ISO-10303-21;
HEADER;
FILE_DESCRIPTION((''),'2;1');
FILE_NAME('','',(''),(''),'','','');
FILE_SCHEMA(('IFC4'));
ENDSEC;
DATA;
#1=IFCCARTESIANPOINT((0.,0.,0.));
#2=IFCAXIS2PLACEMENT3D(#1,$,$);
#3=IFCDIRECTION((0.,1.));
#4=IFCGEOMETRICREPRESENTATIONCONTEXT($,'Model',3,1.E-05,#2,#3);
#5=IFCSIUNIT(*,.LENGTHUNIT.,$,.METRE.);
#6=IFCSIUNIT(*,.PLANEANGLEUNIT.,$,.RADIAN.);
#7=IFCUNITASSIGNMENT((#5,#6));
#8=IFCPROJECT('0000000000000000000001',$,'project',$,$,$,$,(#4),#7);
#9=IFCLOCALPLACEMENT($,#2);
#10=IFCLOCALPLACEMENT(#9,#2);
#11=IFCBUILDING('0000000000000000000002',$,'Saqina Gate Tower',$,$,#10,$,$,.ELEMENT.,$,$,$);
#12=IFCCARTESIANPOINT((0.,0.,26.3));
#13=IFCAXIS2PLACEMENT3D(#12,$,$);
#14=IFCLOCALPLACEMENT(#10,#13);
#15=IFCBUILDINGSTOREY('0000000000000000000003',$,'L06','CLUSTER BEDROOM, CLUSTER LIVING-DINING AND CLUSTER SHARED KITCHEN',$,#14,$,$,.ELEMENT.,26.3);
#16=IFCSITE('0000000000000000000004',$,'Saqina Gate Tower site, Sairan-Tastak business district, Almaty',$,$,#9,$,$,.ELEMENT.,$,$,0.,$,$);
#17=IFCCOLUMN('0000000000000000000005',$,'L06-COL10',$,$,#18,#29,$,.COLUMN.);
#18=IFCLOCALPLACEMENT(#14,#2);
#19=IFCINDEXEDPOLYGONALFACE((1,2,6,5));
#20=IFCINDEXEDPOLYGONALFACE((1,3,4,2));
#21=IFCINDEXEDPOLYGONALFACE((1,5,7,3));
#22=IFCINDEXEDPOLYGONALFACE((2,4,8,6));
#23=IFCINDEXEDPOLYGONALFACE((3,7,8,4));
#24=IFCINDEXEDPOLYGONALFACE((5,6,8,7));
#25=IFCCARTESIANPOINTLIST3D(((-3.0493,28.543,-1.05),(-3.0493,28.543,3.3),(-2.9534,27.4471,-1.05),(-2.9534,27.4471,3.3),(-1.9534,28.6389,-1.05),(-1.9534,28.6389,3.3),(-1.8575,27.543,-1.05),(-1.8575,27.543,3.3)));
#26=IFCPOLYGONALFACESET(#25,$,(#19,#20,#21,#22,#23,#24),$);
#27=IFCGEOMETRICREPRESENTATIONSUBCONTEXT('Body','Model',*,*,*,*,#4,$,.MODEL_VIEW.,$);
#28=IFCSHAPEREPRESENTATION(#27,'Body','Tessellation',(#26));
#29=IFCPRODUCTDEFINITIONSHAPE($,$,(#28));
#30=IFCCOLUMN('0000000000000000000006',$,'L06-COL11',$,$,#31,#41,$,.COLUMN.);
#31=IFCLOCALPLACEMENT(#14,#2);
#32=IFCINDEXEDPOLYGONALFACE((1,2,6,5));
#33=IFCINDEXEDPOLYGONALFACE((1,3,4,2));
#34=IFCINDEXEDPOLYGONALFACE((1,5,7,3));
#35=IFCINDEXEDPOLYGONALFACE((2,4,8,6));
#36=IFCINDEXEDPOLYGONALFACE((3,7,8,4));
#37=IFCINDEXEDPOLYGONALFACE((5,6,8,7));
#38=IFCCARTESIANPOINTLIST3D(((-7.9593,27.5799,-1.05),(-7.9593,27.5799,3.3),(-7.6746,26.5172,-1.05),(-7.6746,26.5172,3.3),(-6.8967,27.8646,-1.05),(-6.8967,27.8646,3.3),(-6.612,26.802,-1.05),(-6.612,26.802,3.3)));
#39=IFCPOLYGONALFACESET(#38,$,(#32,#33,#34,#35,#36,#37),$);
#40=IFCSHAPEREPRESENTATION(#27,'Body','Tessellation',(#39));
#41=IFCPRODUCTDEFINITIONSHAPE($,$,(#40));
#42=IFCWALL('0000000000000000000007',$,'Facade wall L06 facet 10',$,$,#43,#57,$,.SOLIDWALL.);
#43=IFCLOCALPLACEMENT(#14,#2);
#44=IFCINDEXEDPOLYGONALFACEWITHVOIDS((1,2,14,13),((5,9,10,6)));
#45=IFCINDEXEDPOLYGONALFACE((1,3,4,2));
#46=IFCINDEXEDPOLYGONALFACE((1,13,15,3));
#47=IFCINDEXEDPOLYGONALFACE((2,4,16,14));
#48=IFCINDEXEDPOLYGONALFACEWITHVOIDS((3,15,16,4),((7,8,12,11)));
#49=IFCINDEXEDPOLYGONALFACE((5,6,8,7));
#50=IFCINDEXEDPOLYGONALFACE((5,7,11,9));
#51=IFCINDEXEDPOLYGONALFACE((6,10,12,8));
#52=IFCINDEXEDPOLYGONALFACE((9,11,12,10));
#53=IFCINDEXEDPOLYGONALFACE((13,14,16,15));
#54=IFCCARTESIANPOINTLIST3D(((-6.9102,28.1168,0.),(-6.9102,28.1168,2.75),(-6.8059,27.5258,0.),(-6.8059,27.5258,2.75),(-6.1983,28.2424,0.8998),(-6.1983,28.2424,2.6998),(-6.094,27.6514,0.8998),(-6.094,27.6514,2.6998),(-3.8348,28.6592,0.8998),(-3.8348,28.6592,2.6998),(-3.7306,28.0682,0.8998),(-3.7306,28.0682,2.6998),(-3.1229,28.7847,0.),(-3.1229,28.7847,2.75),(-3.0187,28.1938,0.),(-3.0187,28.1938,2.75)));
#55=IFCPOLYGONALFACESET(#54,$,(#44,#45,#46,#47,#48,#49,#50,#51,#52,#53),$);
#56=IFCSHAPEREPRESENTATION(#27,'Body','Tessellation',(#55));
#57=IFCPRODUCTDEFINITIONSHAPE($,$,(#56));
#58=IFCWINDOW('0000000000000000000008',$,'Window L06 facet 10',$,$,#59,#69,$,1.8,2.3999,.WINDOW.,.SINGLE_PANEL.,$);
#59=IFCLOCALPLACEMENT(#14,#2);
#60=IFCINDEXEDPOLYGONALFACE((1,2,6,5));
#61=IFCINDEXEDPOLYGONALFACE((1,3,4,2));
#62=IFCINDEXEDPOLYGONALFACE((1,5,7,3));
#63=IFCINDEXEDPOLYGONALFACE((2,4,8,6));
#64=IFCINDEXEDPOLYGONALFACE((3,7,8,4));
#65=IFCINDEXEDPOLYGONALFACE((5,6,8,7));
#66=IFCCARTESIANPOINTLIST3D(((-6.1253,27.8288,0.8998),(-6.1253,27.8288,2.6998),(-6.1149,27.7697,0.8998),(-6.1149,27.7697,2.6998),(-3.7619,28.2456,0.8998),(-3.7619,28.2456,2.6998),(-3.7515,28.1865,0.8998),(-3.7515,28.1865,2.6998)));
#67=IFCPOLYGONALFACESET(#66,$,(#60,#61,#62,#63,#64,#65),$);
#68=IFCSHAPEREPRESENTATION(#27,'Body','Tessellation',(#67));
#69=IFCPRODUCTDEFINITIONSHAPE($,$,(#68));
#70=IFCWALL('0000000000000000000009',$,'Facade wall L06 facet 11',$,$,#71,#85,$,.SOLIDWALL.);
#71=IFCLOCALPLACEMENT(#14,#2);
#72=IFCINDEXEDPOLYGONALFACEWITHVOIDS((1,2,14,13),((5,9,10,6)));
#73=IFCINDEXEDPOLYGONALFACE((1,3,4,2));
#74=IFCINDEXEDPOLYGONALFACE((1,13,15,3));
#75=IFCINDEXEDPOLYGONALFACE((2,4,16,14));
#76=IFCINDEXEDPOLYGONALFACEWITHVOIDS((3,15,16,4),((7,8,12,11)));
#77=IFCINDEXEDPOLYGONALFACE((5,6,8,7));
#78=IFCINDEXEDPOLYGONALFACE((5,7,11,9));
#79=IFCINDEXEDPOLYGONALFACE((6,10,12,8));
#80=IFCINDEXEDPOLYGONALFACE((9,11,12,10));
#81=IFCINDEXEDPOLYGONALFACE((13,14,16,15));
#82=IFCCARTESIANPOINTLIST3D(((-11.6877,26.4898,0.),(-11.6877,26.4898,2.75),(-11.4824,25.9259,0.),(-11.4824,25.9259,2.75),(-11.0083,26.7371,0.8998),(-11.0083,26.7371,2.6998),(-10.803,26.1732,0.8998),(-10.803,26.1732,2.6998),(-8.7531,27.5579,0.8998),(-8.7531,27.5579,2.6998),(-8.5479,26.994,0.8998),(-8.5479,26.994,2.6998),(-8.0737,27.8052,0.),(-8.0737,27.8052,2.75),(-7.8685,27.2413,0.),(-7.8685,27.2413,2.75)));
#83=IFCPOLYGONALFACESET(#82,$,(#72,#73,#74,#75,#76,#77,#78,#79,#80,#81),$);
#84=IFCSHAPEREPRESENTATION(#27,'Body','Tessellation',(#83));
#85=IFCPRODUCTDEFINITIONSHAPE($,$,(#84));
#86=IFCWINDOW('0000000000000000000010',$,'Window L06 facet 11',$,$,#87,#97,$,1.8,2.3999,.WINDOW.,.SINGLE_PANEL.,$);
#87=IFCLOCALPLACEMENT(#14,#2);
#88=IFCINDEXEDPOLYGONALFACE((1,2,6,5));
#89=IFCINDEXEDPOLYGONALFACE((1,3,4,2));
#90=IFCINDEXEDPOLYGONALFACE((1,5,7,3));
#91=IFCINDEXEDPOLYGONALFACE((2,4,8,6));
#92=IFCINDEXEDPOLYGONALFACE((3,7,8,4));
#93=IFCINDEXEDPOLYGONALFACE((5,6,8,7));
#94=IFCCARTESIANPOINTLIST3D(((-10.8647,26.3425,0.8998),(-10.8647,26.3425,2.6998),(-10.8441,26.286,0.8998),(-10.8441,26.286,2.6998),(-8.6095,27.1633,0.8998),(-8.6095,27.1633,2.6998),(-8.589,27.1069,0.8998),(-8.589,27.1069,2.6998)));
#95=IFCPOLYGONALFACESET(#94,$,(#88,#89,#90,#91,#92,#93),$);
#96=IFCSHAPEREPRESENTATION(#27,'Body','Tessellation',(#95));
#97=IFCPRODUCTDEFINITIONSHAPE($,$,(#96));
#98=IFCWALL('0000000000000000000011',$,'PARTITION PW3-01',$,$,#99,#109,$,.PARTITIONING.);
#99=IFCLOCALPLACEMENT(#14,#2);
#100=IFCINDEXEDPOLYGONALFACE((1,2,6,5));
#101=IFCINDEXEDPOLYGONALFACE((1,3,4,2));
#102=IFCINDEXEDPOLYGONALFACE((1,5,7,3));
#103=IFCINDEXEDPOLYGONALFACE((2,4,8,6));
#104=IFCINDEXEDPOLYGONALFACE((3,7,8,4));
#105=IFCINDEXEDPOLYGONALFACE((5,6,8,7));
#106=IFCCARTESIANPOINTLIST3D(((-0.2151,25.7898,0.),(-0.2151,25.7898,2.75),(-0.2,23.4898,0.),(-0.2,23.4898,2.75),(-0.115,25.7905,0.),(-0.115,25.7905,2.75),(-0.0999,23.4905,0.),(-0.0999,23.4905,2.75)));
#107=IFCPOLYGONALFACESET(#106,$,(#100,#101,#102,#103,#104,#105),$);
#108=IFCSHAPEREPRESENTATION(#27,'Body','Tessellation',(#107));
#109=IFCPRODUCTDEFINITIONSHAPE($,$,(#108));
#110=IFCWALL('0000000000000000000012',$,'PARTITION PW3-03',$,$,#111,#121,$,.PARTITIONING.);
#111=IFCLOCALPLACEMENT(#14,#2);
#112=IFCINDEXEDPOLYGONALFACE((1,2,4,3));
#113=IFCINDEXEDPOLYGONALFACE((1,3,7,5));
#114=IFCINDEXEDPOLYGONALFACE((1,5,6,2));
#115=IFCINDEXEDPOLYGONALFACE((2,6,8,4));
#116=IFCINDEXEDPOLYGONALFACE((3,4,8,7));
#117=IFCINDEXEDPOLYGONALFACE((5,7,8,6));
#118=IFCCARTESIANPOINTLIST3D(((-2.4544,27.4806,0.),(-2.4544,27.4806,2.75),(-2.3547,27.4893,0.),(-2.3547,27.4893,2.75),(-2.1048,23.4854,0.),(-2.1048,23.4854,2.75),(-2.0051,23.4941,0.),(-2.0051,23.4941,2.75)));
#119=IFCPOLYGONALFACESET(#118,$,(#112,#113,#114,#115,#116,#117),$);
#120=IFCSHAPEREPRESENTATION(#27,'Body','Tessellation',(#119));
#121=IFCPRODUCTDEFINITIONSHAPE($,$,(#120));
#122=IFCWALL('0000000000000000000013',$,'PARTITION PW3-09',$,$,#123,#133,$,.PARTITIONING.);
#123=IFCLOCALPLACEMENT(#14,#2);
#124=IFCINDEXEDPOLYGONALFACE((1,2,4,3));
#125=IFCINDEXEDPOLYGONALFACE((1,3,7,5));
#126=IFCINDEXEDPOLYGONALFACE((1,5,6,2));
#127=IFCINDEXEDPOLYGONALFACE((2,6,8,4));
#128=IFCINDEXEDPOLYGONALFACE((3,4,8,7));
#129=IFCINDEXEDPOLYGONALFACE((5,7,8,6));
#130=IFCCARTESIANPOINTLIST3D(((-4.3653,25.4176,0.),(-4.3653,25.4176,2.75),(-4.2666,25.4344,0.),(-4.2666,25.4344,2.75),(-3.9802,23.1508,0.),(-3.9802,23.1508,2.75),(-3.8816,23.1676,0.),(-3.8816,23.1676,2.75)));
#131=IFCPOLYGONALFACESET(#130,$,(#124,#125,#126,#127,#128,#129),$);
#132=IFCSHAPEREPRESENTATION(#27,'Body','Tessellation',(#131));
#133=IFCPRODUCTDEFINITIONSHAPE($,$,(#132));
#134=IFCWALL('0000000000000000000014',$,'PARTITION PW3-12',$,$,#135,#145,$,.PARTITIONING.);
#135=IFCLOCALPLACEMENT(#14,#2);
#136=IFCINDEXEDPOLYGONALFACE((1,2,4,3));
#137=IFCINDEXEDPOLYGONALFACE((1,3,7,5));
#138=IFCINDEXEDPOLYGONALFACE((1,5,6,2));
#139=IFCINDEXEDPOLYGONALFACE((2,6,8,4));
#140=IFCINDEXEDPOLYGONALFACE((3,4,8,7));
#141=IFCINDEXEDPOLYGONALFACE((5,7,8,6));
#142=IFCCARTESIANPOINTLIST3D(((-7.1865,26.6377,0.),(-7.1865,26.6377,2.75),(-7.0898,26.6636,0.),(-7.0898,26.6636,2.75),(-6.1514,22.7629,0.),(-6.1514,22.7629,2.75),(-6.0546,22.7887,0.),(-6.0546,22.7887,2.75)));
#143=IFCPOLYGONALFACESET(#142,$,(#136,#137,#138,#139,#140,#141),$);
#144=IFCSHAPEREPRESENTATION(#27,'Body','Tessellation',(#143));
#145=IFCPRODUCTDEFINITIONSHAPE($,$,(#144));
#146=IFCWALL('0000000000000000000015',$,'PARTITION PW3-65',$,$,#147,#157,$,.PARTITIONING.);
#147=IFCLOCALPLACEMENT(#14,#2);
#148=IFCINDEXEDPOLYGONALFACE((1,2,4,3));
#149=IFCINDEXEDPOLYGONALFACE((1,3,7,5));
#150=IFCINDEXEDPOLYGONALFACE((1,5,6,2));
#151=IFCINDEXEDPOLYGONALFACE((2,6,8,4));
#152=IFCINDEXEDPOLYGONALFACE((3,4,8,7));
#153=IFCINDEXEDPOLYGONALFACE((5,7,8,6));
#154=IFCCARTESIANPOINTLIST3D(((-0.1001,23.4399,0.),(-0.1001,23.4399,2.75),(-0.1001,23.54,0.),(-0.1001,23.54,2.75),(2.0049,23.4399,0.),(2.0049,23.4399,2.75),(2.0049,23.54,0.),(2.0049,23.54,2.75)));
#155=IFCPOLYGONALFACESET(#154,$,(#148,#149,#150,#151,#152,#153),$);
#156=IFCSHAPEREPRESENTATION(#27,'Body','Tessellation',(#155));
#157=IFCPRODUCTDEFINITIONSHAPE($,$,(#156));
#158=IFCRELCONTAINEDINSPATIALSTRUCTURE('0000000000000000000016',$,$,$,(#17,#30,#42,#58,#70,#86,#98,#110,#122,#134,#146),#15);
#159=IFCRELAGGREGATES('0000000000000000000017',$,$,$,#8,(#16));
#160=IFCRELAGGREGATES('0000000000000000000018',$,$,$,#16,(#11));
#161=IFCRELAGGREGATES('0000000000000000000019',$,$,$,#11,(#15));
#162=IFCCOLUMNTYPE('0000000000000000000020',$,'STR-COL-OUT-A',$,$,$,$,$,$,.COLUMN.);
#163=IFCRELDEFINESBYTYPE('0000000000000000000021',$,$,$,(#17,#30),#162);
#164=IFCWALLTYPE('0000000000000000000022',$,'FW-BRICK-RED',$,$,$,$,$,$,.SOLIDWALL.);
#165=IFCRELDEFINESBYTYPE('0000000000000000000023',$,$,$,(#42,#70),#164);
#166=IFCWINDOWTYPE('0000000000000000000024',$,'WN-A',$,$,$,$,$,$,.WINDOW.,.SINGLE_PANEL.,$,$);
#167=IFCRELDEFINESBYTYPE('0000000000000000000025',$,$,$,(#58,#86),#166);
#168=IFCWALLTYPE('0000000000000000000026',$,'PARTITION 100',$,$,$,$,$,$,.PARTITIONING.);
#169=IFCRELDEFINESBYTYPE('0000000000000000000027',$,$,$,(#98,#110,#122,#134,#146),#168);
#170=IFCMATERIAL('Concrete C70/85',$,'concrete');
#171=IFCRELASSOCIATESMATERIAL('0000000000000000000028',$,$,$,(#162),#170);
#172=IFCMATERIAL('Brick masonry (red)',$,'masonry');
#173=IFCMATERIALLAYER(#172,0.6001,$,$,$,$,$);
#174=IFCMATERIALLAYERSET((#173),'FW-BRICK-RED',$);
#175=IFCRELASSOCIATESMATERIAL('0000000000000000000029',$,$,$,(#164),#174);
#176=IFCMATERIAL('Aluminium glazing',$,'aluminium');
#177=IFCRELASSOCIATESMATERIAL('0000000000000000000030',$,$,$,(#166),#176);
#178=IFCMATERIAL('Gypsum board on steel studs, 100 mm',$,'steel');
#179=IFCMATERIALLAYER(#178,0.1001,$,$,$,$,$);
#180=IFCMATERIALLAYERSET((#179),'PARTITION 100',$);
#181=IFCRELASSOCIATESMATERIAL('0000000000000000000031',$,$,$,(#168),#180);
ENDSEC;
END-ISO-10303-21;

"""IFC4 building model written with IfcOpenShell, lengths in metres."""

from ifc_helpers import new_model, si_unit, direction, frame, frame_2d, origin, origin_2d, place, context, subcontext, project, spatial, rectangle, extrude, material, layer, layer_set, material_profile, profile_set, type_object, element, fill, save


model = new_model("IFC4")

# Units and contexts
model_context = context("Model", 3, precision=1e-05, world=origin(), true_north=direction((0.0, 1.0)))
body_context = subcontext(model_context, "Body", "Model", "MODEL_VIEW")
ifc_project = project(units=[si_unit("LENGTHUNIT", "METRE"), si_unit("PLANEANGLEUNIT", "RADIAN")], contexts=[model_context])

# Site, building, storey
site_placement = place(None, origin())
site = spatial("IfcSite", under=ifc_project, at=site_placement, Name="Saqina Gate Tower site, Sairan-Tastak business district, Almaty", CompositionType="ELEMENT", RefElevation=0.0)
building_placement = place(site_placement, origin())
building = spatial("IfcBuilding", under=site, at=building_placement, Name="Saqina Gate Tower", CompositionType="ELEMENT")
storey_placement = place(building_placement, frame((0.0, 0.0, 26.3)))
storey = spatial("IfcBuildingStorey", under=building, at=storey_placement, Name="L06", Description="CLUSTER BEDROOM, CLUSTER LIVING-DINING AND CLUSTER SHARED KITCHEN", CompositionType="ELEMENT", Elevation=26.3)

# Columns
ifc_material_1 = material(Name="Concrete C70/85", Category="concrete")
ifc_material_profile = material_profile(ifc_material_1, rectangle(XDim=1.1001, YDim=1.1001, at=origin_2d()), Name="RC 1100x1100")
ifc_profile_set = profile_set([ifc_material_profile], Name="Concrete C70/85")
column_type = type_object("IfcColumnType", Name="STR-COL-OUT-A", PredefinedType="COLUMN", material=ifc_profile_set)
for number, where, z_axis, x_axis, name in (
    (1, (-2.4534, 28.043, -1.05), (0.0, 0.0, 1.0), (-0.087156, 0.996195, 0.0), "L06-COL10"),
    (2, (-7.2856, 27.1909, -1.05), (0.0, 0.0, 1.0), (-0.258819, 0.965926, 0.0), "L06-COL11"),
):
    element("IfcColumn", number, at=place(storey_placement, frame(where, z_axis=z_axis, x_axis=x_axis)), inside=storey, type_object=column_type, Name=name, PredefinedType="COLUMN", context=body_context, shape_type="SweptSolid", body=[
        extrude(rectangle(XDim=1.1001, YDim=1.1001, at=origin_2d()), origin(), (0.0, 0.0, 1.0), 4.3501),
    ])

# Walls, openings, windows
ifc_material_2 = material(Name="Brick masonry (red)", Category="masonry")
ifc_layer_1 = layer(ifc_material_2, 0.6001)
ifc_layer_set_1 = layer_set([ifc_layer_1], Name="FW-BRICK-RED")
wall_type_1 = type_object("IfcWallType", Name="FW-BRICK-RED", PredefinedType="SOLIDWALL", material=ifc_layer_set_1)
wall_1_placement = place(storey_placement, frame((-3.0708, 28.4893, 0.0), z_axis=(0.0, 0.0, 1.0), x_axis=(-0.984801, -0.173688, 0.0)))
wall_1 = element("IfcWall", 3, at=wall_1_placement, inside=storey, type_object=wall_type_1, Name="Facade wall L06 facet 10", PredefinedType="SOLIDWALL", context=body_context, shape_type="SweptSolid", body=[
    extrude(rectangle(XDim=3.8457, YDim=0.6001, at=frame_2d((1.9229, 0.0))), origin(), (0.0, 0.0, 1.0), 2.75),
])
opening_1_placement = place(wall_1_placement, frame((0.7229, 0.0, 0.8999)))
opening_1 = element("IfcOpeningElement", 4, at=opening_1_placement, cuts=wall_1, PredefinedType="OPENING", context=body_context, shape_type="SweptSolid", body=[
    extrude(rectangle(XDim=2.3999, YDim=1.8, at=frame_2d((1.2, 0.8999))), frame((0.0, 0.312, 0.0), z_axis=(0.0, -1.0, 0.0), x_axis=(1.0, 0.0, 0.0)), (0.0, 0.0, 1.0), 0.624),
])
ifc_material_3 = material(Name="Aluminium glazing", Category="aluminium")
window_type = type_object("IfcWindowType", Name="WN-A", PartitioningType="SINGLE_PANEL", PredefinedType="WINDOW", material=ifc_material_3)
window_1_placement = place(opening_1_placement, origin())
window_1 = element("IfcWindow", 5, at=window_1_placement, inside=storey, type_object=window_type, Name="Window L06 facet 10", OverallHeight=1.8, OverallWidth=2.3999, PartitioningType="SINGLE_PANEL", PredefinedType="WINDOW", context=body_context, shape_type="SweptSolid", body=[
    extrude(rectangle(XDim=2.3999, YDim=1.8, at=frame_2d((1.2, 0.8999))), frame((0.0, 0.1799, 0.0), z_axis=(0.0, -1.0, 0.0), x_axis=(1.0, 0.0, 0.0)), (0.0, 0.0, 1.0), 0.0601),
])
fill(opening_1, window_1)
wall_2_placement = place(storey_placement, frame((-7.9712, 27.5232, 0.0), z_axis=(0.0, 0.0, 1.0), x_axis=(-0.93969, -0.342028, 0.0)))
wall_2 = element("IfcWall", 6, at=wall_2_placement, inside=storey, type_object=wall_type_1, Name="Facade wall L06 facet 11", PredefinedType="SOLIDWALL", context=body_context, shape_type="SweptSolid", body=[
    extrude(rectangle(XDim=3.8459, YDim=0.6001, at=frame_2d((1.9229, 0.0))), origin(), (0.0, 0.0, 1.0), 2.75),
])
opening_2_placement = place(wall_2_placement, frame((0.7229, 0.0, 0.8999)))
opening_2 = element("IfcOpeningElement", 7, at=opening_2_placement, cuts=wall_2, PredefinedType="OPENING", context=body_context, shape_type="SweptSolid", body=[
    extrude(rectangle(XDim=2.3999, YDim=1.8, at=frame_2d((1.2, 0.8999))), frame((0.0, 0.312, 0.0), z_axis=(0.0, -1.0, 0.0), x_axis=(1.0, 0.0, 0.0)), (0.0, 0.0, 1.0), 0.624),
])
window_2_placement = place(opening_2_placement, origin())
window_2 = element("IfcWindow", 8, at=window_2_placement, inside=storey, type_object=window_type, Name="Window L06 facet 11", OverallHeight=1.8, OverallWidth=2.3999, PartitioningType="SINGLE_PANEL", PredefinedType="WINDOW", context=body_context, shape_type="SweptSolid", body=[
    extrude(rectangle(XDim=2.3999, YDim=1.8, at=frame_2d((1.2, 0.8999))), frame((0.0, 0.1799, 0.0), z_axis=(0.0, -1.0, 0.0), x_axis=(1.0, 0.0, 0.0)), (0.0, 0.0, 1.0), 0.0601),
])
fill(opening_2, window_2)

# Walls
ifc_material_4 = material(Name="Gypsum board on steel studs, 100 mm", Category="steel")
ifc_layer_2 = layer(ifc_material_4, 0.1001)
ifc_layer_set_2 = layer_set([ifc_layer_2], Name="PARTITION 100")
wall_type_2 = type_object("IfcWallType", Name="PARTITION 100", PredefinedType="PARTITIONING", material=ifc_layer_set_2)
wall_3_placement = place(storey_placement, frame((-0.165, 25.79, 0.0), z_axis=(0.0, 0.0, 1.0), x_axis=(0.006581, -0.999978, 0.0)))
element("IfcWall", 9, at=wall_3_placement, inside=storey, type_object=wall_type_2, Name="PARTITION PW3-01", PredefinedType="PARTITIONING", context=body_context, shape_type="SweptSolid", body=[
    extrude(rectangle(XDim=2.3, YDim=0.1001, at=frame_2d((1.1499, 0.0))), origin(), (0.0, 0.0, 1.0), 2.75),
])
wall_4_placement = place(storey_placement, frame((-2.4045, 27.4851, 0.0), z_axis=(0.0, 0.0, 1.0), x_axis=(0.087176, -0.996193, 0.0)))
element("IfcWall", 10, at=wall_4_placement, inside=storey, type_object=wall_type_2, Name="PARTITION PW3-03", PredefinedType="PARTITIONING", context=body_context, shape_type="SweptSolid", body=[
    extrude(rectangle(XDim=4.0105, YDim=0.1001, at=frame_2d((2.0054, 0.0))), origin(), (0.0, 0.0, 1.0), 2.75),
])
wall_5_placement = place(storey_placement, frame((-4.3159, 25.426, 0.0), z_axis=(0.0, 0.0, 1.0), x_axis=(0.167446, -0.985881, 0.0)))
element("IfcWall", 11, at=wall_5_placement, inside=storey, type_object=wall_type_2, Name="PARTITION PW3-09", PredefinedType="PARTITIONING", context=body_context, shape_type="SweptSolid", body=[
    extrude(rectangle(XDim=2.2993, YDim=0.1001, at=frame_2d((1.1497, 0.0))), origin(), (0.0, 0.0, 1.0), 2.75),
])
wall_6_placement = place(storey_placement, frame((-7.1382, 26.6506, 0.0), z_axis=(0.0, 0.0, 1.0), x_axis=(0.258102, -0.966118, 0.0)))
element("IfcWall", 12, at=wall_6_placement, inside=storey, type_object=wall_type_2, Name="PARTITION PW3-12", PredefinedType="PARTITIONING", context=body_context, shape_type="SweptSolid", body=[
    extrude(rectangle(XDim=4.0107, YDim=0.1001, at=frame_2d((2.0054, 0.0))), origin(), (0.0, 0.0, 1.0), 2.75),
])
wall_7_placement = place(storey_placement, frame((-0.1001, 23.49, 0.0), z_axis=(0.0, 0.0, 1.0), x_axis=(1.0, 0.0, 0.0)))
element("IfcWall", 13, at=wall_7_placement, inside=storey, type_object=wall_type_2, Name="PARTITION PW3-65", PredefinedType="PARTITIONING", context=body_context, shape_type="SweptSolid", body=[
    extrude(rectangle(XDim=2.105, YDim=0.1001, at=frame_2d((1.0525, 0.0))), origin(), (0.0, 0.0, 1.0), 2.75),
])

save(model, "model.ifc")
